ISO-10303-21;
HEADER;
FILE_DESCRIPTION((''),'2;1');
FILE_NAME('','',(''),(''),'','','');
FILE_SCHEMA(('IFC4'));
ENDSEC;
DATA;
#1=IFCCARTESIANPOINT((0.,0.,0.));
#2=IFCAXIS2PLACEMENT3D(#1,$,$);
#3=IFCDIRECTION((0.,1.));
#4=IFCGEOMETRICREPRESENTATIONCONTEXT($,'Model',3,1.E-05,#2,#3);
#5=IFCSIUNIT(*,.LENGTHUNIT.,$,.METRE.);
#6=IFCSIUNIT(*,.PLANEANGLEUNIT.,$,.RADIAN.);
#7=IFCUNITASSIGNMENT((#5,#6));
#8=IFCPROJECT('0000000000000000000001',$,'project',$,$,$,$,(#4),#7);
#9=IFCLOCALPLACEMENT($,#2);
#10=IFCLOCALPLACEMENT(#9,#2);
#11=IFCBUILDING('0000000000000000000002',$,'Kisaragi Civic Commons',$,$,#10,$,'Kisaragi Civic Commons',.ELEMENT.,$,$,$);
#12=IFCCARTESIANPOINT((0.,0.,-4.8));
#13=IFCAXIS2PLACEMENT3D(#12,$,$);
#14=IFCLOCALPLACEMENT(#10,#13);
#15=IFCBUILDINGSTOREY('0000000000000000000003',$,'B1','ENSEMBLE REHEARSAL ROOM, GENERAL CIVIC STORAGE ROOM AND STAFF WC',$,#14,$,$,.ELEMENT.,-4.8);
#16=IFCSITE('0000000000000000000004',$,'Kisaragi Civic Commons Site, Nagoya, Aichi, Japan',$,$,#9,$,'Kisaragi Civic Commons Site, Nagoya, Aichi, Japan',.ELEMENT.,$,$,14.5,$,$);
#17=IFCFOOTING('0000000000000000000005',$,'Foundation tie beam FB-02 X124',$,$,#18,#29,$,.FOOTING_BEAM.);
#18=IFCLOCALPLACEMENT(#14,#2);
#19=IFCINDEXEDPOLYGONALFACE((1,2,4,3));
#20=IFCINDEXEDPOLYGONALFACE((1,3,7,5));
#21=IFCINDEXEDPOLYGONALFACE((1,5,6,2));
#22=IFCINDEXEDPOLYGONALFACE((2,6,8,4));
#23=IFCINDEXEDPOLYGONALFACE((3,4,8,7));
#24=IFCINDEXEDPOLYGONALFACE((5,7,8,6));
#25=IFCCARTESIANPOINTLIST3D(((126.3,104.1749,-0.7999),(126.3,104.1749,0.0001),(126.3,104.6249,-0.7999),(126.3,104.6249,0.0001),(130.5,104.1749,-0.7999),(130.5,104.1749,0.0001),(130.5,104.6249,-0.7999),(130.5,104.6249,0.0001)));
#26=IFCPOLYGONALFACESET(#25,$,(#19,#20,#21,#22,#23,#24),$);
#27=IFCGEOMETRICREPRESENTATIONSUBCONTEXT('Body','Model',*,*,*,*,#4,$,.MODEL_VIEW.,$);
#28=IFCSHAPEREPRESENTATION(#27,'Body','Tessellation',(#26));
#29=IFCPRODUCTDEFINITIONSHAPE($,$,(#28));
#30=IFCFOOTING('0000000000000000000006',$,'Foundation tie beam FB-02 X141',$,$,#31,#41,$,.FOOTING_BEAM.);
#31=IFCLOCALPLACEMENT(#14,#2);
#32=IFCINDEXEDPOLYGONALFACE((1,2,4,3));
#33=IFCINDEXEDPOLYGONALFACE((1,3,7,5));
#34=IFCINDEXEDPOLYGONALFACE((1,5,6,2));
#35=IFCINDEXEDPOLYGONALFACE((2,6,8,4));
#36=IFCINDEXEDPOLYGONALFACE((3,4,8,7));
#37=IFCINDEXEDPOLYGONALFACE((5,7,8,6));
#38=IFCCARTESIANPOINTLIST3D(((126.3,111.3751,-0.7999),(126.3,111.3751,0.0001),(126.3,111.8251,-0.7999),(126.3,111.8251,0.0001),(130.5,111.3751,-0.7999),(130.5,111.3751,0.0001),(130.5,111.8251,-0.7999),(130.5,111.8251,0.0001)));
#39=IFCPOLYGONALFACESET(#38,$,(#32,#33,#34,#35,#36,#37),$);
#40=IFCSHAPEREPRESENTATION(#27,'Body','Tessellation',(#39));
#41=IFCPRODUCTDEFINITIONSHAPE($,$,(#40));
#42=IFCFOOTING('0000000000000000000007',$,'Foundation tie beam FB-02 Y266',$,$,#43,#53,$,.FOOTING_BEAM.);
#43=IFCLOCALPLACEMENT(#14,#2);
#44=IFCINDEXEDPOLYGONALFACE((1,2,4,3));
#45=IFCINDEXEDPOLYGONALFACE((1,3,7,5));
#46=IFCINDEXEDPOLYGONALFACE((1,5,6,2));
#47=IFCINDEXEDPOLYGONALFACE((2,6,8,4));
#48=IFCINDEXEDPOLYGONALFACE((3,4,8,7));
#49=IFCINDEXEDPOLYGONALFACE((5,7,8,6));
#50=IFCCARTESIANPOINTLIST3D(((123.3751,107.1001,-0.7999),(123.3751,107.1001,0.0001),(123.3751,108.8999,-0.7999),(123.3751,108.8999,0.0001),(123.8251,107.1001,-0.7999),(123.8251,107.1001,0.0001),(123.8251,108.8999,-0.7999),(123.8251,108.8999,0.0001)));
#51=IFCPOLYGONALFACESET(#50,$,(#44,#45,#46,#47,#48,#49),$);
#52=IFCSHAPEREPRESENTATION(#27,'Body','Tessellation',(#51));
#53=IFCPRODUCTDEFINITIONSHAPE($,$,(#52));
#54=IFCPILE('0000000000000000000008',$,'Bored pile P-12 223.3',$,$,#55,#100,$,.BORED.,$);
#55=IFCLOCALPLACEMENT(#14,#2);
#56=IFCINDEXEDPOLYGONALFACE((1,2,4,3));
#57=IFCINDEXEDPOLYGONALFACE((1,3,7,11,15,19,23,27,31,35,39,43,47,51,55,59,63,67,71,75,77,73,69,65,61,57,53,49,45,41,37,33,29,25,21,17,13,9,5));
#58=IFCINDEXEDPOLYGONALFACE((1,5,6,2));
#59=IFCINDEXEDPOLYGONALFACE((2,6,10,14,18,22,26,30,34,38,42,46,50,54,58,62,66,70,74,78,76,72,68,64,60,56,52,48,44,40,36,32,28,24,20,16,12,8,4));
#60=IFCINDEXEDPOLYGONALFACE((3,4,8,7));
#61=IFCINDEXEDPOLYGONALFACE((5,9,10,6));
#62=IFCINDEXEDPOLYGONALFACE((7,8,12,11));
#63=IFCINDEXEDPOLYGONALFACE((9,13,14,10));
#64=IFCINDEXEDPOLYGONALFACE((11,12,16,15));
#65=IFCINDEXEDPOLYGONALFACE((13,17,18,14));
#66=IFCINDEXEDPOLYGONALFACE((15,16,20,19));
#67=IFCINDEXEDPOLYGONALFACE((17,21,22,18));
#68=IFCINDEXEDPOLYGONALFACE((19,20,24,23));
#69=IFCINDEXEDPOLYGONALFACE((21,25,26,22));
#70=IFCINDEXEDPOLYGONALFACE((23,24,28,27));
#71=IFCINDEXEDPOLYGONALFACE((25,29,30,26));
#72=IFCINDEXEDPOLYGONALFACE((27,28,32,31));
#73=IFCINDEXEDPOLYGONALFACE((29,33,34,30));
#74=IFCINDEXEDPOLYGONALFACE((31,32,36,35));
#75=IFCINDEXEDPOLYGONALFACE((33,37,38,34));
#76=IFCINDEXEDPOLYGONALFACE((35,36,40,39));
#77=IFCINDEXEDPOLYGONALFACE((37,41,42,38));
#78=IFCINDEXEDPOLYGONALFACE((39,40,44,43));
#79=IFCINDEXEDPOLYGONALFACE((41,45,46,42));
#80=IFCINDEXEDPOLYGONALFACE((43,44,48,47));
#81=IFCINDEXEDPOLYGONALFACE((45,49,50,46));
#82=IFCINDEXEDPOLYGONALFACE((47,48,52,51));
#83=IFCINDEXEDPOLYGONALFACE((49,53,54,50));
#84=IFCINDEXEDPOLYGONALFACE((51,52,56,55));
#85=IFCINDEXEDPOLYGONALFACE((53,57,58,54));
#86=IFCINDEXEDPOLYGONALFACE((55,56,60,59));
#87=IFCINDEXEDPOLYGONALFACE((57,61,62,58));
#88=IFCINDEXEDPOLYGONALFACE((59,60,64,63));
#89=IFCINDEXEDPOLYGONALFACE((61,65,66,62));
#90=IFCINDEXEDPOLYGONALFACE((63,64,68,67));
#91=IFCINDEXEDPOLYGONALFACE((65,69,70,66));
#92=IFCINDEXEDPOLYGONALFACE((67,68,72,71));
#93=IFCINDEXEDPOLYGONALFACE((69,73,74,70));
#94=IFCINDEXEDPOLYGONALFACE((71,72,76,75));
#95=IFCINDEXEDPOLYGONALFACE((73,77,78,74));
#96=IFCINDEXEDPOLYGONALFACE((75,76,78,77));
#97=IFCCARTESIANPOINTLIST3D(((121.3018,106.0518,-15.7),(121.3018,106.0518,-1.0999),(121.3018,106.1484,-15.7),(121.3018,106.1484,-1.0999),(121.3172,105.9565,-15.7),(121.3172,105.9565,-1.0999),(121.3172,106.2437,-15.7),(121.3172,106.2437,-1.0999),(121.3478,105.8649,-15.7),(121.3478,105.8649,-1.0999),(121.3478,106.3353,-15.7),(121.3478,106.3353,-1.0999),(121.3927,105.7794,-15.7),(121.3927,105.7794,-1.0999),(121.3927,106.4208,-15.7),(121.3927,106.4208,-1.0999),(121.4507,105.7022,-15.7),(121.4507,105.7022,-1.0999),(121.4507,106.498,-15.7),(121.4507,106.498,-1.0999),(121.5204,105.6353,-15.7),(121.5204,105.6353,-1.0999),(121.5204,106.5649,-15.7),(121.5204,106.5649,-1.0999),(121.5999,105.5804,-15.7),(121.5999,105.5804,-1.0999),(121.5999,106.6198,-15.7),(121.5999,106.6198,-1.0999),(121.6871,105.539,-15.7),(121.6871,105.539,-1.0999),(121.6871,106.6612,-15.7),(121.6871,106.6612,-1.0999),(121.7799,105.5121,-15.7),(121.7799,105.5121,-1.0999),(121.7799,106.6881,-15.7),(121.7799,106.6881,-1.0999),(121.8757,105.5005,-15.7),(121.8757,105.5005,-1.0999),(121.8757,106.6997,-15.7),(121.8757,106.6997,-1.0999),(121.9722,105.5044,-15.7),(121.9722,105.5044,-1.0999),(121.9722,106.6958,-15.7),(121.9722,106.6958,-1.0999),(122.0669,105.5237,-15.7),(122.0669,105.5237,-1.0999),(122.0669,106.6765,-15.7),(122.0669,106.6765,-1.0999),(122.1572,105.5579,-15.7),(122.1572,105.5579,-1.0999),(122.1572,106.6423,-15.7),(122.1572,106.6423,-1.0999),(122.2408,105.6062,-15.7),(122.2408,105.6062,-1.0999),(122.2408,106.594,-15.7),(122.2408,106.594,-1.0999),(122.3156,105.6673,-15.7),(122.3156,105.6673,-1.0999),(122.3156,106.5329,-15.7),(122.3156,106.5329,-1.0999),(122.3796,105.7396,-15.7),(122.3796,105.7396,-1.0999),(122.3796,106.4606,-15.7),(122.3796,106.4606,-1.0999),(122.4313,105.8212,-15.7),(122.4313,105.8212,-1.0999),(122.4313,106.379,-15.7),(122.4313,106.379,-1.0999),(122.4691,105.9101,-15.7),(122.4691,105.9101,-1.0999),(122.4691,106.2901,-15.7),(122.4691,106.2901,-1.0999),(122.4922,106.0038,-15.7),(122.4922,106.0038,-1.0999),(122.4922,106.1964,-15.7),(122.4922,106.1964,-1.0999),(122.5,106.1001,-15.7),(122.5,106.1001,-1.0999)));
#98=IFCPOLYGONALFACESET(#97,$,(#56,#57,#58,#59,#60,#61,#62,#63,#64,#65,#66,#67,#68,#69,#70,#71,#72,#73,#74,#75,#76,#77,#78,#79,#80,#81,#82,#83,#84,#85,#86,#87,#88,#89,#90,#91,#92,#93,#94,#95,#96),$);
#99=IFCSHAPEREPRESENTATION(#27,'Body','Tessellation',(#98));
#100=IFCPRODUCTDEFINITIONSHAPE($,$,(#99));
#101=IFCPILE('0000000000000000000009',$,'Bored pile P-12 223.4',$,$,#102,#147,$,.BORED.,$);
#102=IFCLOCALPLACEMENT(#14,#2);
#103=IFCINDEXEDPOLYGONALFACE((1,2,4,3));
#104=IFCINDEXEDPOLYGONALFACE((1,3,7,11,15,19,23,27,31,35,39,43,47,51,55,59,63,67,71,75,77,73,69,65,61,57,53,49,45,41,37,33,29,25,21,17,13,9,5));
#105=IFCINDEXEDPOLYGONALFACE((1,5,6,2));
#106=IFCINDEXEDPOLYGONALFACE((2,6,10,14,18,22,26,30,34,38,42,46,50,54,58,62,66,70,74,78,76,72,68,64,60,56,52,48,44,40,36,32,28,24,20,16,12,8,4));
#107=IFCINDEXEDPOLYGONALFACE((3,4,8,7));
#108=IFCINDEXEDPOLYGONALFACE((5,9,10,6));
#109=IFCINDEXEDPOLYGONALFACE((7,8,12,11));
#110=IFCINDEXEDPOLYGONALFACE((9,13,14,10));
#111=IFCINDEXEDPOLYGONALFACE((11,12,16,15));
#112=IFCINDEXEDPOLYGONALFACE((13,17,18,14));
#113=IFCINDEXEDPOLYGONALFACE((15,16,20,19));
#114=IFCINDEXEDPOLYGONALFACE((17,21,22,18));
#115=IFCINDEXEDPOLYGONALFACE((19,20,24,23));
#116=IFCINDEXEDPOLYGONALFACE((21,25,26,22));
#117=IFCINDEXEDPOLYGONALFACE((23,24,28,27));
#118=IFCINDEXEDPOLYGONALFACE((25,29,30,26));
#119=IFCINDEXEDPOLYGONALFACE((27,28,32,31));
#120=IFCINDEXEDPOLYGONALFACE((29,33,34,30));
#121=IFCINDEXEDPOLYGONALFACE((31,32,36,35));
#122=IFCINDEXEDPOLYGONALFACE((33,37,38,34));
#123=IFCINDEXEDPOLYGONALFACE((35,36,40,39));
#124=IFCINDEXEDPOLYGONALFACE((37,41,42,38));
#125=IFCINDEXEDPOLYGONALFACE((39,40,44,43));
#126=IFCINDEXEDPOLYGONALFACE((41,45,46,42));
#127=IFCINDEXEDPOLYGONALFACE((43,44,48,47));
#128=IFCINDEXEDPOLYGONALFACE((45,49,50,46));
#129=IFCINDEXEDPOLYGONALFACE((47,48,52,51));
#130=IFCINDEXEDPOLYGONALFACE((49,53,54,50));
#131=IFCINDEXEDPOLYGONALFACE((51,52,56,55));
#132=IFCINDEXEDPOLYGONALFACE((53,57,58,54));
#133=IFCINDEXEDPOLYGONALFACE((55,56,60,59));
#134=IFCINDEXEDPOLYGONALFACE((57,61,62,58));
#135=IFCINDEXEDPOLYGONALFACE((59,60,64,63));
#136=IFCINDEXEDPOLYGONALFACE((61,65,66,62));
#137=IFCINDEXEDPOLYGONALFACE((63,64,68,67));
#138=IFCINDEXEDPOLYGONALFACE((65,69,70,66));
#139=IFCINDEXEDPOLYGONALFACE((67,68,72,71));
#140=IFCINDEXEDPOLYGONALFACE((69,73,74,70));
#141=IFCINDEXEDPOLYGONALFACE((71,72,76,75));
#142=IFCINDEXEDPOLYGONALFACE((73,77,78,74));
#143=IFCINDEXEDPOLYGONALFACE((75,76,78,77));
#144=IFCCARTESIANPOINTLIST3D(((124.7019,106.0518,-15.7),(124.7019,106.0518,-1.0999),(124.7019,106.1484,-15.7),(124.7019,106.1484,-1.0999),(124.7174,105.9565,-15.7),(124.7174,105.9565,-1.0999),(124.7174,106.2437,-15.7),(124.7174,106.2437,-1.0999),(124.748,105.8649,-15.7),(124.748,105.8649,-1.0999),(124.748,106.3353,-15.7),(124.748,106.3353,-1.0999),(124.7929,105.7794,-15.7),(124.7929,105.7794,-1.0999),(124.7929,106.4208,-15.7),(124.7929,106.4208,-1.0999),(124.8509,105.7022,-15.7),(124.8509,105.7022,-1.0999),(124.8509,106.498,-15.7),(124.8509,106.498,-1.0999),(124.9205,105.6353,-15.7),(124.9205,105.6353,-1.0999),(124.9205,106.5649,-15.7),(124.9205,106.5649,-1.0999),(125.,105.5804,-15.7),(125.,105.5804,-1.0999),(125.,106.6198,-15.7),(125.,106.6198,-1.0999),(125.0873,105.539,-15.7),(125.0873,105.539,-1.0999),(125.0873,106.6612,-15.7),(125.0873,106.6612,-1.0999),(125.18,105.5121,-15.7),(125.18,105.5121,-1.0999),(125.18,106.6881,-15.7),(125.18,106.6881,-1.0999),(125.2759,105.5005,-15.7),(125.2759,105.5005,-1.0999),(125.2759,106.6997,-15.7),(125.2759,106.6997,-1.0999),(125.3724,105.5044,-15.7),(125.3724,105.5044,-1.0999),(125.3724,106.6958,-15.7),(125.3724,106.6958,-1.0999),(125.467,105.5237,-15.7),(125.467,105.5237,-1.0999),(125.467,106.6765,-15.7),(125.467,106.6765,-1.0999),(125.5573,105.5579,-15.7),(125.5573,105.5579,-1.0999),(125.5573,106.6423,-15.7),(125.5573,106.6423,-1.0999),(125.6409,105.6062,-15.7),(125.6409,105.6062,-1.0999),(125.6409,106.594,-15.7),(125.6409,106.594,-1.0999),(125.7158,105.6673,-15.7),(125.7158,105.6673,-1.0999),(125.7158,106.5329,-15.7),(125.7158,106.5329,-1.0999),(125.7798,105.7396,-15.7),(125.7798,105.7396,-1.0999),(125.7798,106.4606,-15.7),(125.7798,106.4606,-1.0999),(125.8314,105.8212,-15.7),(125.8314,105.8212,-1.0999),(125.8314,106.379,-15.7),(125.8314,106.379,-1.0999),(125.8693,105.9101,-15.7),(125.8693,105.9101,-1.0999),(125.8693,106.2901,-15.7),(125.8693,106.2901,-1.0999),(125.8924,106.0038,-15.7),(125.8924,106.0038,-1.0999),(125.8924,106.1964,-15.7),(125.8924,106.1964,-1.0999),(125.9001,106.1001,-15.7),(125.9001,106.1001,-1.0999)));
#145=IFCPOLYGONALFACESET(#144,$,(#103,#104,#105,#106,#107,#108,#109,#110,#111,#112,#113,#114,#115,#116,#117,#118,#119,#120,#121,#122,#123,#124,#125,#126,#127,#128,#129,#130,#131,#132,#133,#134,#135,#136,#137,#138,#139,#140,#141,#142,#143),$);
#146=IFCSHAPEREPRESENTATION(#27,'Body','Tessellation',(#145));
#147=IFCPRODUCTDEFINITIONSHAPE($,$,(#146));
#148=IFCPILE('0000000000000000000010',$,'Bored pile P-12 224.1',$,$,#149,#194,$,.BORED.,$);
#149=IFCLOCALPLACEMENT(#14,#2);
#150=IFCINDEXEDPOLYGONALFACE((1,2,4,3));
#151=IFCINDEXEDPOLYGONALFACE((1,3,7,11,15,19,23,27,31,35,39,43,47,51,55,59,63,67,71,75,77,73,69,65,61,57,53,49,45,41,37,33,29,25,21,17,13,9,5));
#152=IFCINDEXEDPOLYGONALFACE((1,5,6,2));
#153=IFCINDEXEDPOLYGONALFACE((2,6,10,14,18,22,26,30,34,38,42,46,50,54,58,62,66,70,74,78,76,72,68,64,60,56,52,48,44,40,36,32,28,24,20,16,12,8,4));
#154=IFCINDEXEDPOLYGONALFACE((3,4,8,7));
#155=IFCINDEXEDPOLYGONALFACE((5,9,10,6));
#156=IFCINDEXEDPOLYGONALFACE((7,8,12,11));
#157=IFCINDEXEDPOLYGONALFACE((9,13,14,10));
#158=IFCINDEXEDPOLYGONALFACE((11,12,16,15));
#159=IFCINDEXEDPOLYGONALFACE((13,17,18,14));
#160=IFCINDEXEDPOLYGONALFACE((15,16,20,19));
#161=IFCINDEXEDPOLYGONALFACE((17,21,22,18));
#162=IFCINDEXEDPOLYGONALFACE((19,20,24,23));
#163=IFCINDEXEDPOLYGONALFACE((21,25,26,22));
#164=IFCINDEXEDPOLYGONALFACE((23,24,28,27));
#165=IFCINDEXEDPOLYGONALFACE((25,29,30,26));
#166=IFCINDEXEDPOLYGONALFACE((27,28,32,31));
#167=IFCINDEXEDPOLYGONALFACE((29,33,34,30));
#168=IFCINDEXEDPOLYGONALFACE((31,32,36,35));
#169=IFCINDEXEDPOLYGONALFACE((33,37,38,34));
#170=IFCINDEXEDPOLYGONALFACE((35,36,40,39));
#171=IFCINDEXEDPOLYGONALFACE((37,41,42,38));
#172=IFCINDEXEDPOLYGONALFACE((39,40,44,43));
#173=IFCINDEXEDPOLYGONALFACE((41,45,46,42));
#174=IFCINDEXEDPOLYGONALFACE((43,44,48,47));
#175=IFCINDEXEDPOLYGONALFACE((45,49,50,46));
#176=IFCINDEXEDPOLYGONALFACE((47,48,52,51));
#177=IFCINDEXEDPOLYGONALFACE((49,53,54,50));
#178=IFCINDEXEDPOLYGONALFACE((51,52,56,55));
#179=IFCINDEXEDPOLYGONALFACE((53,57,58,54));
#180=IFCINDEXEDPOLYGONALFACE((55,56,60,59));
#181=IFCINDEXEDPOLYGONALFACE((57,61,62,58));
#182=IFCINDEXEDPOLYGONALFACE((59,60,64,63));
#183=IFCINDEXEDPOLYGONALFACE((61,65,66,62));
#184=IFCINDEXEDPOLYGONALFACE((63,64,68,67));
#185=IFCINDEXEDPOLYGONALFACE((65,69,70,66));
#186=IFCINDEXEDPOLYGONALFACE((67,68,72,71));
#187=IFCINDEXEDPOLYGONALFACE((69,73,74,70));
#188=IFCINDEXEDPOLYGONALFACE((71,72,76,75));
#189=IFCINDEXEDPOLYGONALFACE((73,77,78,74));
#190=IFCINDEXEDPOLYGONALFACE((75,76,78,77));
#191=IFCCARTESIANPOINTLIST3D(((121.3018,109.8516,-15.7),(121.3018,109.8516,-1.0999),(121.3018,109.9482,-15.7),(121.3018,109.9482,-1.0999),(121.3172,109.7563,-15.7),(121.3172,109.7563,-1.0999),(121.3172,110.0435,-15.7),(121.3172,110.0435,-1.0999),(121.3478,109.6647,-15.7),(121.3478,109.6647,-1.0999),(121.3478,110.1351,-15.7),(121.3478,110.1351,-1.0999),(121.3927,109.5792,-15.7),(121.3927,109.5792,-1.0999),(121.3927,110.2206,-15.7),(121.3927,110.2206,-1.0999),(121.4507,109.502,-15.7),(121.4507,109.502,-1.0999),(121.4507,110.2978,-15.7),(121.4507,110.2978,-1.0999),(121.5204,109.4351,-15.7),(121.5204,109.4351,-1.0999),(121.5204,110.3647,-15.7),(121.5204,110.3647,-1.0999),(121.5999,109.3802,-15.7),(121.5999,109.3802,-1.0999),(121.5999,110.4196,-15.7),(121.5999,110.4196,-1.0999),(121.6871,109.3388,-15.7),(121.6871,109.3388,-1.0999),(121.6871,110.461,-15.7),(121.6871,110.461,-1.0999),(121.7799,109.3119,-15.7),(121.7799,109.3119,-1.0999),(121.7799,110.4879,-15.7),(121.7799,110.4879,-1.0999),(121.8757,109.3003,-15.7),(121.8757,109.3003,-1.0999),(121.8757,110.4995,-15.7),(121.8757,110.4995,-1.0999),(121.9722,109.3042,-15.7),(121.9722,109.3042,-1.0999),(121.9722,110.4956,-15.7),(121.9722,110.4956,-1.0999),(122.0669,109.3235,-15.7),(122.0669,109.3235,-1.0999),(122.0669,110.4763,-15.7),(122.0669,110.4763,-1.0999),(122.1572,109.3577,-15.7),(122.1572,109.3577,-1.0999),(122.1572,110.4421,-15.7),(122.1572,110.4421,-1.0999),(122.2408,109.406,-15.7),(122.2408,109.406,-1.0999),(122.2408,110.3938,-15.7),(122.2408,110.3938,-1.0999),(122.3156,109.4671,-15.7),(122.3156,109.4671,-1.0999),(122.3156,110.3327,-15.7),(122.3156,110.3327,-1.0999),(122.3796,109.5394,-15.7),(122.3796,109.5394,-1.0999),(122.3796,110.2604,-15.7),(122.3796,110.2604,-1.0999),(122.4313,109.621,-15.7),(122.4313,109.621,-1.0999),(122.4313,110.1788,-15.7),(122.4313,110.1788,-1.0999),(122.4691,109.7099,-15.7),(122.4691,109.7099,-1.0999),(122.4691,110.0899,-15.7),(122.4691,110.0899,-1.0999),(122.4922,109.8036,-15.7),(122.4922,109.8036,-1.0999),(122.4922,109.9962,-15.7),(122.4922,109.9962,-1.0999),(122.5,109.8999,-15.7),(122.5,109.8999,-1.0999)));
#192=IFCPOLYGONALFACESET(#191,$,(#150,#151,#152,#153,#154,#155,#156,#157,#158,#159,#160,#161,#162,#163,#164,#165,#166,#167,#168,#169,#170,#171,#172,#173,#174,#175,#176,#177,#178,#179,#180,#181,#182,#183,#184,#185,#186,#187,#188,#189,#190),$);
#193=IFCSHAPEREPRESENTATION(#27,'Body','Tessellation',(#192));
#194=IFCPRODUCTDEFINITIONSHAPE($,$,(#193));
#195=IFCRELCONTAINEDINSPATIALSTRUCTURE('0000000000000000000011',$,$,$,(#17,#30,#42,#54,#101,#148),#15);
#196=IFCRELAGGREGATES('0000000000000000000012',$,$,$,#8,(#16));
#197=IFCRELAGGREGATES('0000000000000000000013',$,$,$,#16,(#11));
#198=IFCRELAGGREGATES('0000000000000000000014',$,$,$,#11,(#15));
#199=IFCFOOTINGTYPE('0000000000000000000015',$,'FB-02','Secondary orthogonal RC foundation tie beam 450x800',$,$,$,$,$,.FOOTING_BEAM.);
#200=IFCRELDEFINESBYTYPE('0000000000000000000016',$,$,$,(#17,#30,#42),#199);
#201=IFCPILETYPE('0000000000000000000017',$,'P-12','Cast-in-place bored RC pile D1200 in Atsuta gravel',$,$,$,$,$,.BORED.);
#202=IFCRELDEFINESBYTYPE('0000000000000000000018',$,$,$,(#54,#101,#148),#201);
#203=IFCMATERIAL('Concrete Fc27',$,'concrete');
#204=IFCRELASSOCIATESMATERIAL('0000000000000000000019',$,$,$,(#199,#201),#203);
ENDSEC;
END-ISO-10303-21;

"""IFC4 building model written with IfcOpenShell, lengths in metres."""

from ifc_helpers import new_model, si_unit, direction, frame, origin, origin_2d, place, context, subcontext, project, spatial, rectangle, circle, extrude, material, material_profile, profile_set, type_object, element, save


model = new_model("IFC4")

# Units and contexts
model_context = context("Model", 3, precision=1e-05, world=origin(), true_north=direction((0.0, 1.0)))
body_context = subcontext(model_context, "Body", "Model", "MODEL_VIEW")
ifc_project = project(units=[si_unit("LENGTHUNIT", "METRE"), si_unit("PLANEANGLEUNIT", "RADIAN")], contexts=[model_context])

# Site, building, storey
site_placement = place(None, origin())
site = spatial("IfcSite", under=ifc_project, at=site_placement, Name="Kisaragi Civic Commons Site, Nagoya, Aichi, Japan", LongName="Kisaragi Civic Commons Site, Nagoya, Aichi, Japan", CompositionType="ELEMENT", RefElevation=14.5)
building_placement = place(site_placement, origin())
building = spatial("IfcBuilding", under=site, at=building_placement, Name="Kisaragi Civic Commons", LongName="Kisaragi Civic Commons", CompositionType="ELEMENT")
storey_placement = place(building_placement, frame((0.0, 0.0, -4.8)))
storey = spatial("IfcBuildingStorey", under=building, at=storey_placement, Name="B1", Description="ENSEMBLE REHEARSAL ROOM, GENERAL CIVIC STORAGE ROOM AND STAFF WC", CompositionType="ELEMENT", Elevation=-4.8)

# Footings
ifc_material_1 = material(Name="Concrete Fc27", Category="concrete")
ifc_material_profile_1 = material_profile(ifc_material_1, rectangle(XDim=0.45, YDim=0.8, at=origin_2d()), Name="RC-450x800", Category="concrete")
ifc_profile_set_1 = profile_set([ifc_material_profile_1], Name="Concrete Fc27")
footing_type_1 = type_object("IfcFootingType", Name="FB-02", Description="Secondary orthogonal RC foundation tie beam 450x800", PredefinedType="FOOTING_BEAM", material=ifc_profile_set_1)
for number, where, z_axis, x_axis, name in (
    (1, (126.3, 104.3999, -0.3999), (1.0, 0.0, 0.0), (0.0, 1.0, 0.0), "Foundation tie beam FB-02 X124"),
    (2, (126.3, 111.6001, -0.3999), (1.0, 0.0, 0.0), (0.0, 1.0, 0.0), "Foundation tie beam FB-02 X141"),
):
    element("IfcFooting", number, at=place(storey_placement, frame(where, z_axis=z_axis, x_axis=x_axis)), inside=storey, type_object=footing_type_1, Name=name, PredefinedType="FOOTING_BEAM", context=body_context, shape_type="SweptSolid", body=[
        extrude(rectangle(XDim=0.45, YDim=0.8, at=origin_2d()), origin(), (0.0, 0.0, 1.0), 4.2),
    ])
footing_1_placement = place(storey_placement, frame((123.6001, 107.1001, -0.3999), z_axis=(0.0, 1.0, 0.0), x_axis=(-1.0, 0.0, 0.0)))
element("IfcFooting", 3, at=footing_1_placement, inside=storey, type_object=footing_type_1, Name="Foundation tie beam FB-02 Y266", PredefinedType="FOOTING_BEAM", context=body_context, shape_type="SweptSolid", body=[
    extrude(rectangle(XDim=0.45, YDim=0.8, at=origin_2d()), origin(), (0.0, 0.0, 1.0), 1.7998),
])

# Piles
ifc_material_profile_2 = material_profile(ifc_material_1, circle(Radius=0.6001, at=origin_2d()), Name="PILE-D1200", Category="concrete")
ifc_profile_set_2 = profile_set([ifc_material_profile_2], Name="Concrete Fc27")
pile_type = type_object("IfcPileType", Name="P-12", Description="Cast-in-place bored RC pile D1200 in Atsuta gravel", PredefinedType="BORED", material=ifc_profile_set_2)
for number, where, z_axis, x_axis, name in (
    (4, (121.8999, 106.1001, -1.0999), (0.0, 0.0, -1.0), (1.0, 0.0, 0.0), "Bored pile P-12 223.3"),
    (5, (125.3, 106.1001, -1.0999), (0.0, 0.0, -1.0), (1.0, 0.0, 0.0), "Bored pile P-12 223.4"),
    (6, (121.8999, 109.8999, -1.0999), (0.0, 0.0, -1.0), (1.0, 0.0, 0.0), "Bored pile P-12 224.1"),
):
    element("IfcPile", number, at=place(storey_placement, frame(where, z_axis=z_axis, x_axis=x_axis)), inside=storey, type_object=pile_type, Name=name, PredefinedType="BORED", context=body_context, shape_type="SweptSolid", body=[
        extrude(circle(Radius=0.6001, at=origin_2d()), origin(), (0.0, 0.0, 1.0), 14.6001),
    ])

save(model, "model.ifc")
